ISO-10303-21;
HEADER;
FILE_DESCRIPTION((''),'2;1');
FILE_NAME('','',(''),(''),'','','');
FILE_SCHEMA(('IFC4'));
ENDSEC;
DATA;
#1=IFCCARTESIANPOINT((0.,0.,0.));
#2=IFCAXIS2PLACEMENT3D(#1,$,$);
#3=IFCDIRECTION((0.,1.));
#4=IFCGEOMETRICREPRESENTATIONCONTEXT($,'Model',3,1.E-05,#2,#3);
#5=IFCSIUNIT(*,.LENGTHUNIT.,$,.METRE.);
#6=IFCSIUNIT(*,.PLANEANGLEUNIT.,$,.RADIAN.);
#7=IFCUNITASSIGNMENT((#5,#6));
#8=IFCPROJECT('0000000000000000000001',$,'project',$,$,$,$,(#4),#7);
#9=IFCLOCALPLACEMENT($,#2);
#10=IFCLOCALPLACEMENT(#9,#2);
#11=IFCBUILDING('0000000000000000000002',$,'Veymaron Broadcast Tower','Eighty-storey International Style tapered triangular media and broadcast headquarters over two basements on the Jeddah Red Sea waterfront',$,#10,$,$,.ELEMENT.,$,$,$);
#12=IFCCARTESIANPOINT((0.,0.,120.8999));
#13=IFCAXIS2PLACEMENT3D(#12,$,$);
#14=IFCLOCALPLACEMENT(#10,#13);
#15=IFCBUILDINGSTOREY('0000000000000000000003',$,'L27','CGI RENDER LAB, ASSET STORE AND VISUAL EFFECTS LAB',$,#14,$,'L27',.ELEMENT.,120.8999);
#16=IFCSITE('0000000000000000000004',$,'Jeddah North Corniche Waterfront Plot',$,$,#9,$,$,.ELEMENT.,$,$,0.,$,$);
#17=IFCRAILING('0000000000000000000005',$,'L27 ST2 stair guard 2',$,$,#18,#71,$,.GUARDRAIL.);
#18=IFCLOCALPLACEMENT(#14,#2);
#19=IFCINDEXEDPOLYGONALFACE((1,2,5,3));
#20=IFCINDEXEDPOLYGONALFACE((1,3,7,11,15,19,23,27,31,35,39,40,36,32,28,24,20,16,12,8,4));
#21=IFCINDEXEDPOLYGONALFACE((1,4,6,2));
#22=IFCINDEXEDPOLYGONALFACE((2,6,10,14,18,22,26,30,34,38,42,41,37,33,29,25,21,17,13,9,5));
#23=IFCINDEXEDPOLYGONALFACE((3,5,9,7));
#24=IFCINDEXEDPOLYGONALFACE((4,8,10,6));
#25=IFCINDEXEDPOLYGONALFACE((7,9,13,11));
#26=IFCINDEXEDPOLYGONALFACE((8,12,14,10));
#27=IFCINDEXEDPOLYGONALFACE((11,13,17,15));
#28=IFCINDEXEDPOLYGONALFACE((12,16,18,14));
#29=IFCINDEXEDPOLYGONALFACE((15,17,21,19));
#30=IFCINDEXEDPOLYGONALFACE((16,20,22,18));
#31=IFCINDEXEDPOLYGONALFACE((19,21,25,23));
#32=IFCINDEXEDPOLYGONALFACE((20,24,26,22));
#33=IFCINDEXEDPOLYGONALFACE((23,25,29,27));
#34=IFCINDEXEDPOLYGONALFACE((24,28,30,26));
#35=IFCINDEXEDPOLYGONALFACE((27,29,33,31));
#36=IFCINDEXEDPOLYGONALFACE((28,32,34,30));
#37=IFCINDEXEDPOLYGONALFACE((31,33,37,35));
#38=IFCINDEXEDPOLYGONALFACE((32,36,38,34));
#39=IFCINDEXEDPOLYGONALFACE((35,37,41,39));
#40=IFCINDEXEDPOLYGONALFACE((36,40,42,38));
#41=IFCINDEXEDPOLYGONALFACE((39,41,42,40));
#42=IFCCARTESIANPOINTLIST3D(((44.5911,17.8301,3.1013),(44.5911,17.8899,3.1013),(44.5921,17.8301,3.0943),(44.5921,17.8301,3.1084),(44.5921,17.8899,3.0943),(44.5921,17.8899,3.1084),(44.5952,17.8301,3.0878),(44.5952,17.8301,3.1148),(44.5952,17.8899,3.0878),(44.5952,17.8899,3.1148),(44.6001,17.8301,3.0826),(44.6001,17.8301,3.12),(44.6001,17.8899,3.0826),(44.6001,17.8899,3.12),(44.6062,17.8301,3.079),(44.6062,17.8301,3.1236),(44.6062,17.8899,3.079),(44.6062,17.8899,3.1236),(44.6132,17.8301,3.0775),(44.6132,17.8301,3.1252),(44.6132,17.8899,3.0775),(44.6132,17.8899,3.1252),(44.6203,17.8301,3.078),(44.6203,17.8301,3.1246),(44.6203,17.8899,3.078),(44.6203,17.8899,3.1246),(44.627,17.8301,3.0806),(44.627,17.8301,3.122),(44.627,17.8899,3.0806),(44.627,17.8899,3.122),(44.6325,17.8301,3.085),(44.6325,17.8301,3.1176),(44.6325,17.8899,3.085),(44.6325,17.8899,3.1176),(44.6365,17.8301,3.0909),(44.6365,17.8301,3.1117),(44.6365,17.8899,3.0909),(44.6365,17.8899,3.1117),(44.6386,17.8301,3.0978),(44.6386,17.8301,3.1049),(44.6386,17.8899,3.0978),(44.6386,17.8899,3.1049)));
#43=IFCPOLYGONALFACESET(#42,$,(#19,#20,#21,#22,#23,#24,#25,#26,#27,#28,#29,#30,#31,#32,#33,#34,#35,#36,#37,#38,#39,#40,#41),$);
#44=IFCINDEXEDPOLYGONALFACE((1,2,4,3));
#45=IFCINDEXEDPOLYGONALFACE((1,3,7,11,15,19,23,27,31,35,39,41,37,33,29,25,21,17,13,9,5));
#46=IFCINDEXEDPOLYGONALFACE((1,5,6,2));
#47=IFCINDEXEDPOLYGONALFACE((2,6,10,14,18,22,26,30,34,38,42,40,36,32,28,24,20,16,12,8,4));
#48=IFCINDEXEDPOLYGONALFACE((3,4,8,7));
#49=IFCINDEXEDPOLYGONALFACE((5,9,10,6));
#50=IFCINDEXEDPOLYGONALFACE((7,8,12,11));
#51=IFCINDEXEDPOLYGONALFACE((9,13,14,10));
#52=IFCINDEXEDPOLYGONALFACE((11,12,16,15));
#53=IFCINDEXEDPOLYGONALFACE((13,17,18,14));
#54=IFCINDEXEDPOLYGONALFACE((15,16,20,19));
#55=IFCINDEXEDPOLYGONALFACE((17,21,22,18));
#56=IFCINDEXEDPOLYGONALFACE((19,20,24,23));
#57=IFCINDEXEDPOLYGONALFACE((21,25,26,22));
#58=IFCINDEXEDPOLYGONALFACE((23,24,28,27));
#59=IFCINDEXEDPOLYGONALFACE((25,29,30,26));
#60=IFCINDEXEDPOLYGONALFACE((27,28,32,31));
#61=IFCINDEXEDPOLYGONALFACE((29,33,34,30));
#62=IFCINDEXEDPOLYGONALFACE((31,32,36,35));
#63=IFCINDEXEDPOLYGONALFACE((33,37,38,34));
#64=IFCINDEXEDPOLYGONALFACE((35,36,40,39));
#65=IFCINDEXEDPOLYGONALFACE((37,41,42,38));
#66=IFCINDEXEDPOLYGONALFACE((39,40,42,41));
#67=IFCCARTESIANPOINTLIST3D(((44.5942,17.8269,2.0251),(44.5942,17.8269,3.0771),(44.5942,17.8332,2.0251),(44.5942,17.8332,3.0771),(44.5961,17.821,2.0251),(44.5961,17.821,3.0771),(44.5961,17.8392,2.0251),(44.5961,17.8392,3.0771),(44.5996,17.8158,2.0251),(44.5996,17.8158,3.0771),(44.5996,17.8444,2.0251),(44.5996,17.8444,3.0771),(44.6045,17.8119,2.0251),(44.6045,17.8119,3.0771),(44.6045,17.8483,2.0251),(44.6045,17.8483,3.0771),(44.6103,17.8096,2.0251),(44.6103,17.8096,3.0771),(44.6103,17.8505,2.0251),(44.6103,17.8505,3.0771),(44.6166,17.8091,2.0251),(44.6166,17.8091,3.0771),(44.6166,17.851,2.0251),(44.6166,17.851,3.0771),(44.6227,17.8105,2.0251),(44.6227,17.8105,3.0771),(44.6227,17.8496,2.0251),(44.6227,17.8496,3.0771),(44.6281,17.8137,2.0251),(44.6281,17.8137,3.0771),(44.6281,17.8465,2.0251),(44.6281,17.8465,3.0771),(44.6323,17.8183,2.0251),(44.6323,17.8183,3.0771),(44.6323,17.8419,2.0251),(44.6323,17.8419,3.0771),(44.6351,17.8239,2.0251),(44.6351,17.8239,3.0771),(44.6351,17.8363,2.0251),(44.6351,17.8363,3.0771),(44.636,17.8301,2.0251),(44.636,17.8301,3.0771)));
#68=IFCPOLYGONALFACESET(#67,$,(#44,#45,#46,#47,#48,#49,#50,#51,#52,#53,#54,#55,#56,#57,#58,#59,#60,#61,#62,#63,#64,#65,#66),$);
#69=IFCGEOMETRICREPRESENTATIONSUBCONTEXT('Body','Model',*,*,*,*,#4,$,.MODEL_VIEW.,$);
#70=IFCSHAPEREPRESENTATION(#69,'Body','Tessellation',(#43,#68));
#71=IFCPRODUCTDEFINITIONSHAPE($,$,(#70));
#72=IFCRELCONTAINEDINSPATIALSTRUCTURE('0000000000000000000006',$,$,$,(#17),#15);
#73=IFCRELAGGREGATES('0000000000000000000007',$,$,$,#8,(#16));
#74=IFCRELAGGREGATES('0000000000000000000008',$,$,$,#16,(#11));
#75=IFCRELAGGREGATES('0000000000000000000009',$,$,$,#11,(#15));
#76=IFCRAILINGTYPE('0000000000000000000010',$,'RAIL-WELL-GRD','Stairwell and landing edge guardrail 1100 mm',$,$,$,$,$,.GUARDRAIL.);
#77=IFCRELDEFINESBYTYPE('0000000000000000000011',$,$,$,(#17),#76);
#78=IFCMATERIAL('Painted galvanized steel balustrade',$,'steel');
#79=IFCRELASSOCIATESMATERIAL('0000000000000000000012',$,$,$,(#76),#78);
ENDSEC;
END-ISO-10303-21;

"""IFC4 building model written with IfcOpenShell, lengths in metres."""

from ifc_helpers import new_model, si_unit, direction, frame, origin, origin_2d, place, context, subcontext, project, spatial, circle, extrude, material, type_object, element, save


model = new_model("IFC4")

# Units and contexts
model_context = context("Model", 3, precision=1e-05, world=origin(), true_north=direction((0.0, 1.0)))
body_context = subcontext(model_context, "Body", "Model", "MODEL_VIEW")
ifc_project = project(units=[si_unit("LENGTHUNIT", "METRE"), si_unit("PLANEANGLEUNIT", "RADIAN")], contexts=[model_context])

# Site, building, storey
site_placement = place(None, origin())
site = spatial("IfcSite", under=ifc_project, at=site_placement, Name="Jeddah North Corniche Waterfront Plot", CompositionType="ELEMENT", RefElevation=0.0)
building_placement = place(site_placement, origin())
building = spatial("IfcBuilding", under=site, at=building_placement, Name="Veymaron Broadcast Tower", Description="Eighty-storey International Style tapered triangular media and broadcast headquarters over two basements on the Jeddah Red Sea waterfront", CompositionType="ELEMENT")
storey_placement = place(building_placement, frame((0.0, 0.0, 120.8999)))
storey = spatial("IfcBuildingStorey", under=building, at=storey_placement, Name="L27", Description="CGI RENDER LAB, ASSET STORE AND VISUAL EFFECTS LAB", LongName="L27", CompositionType="ELEMENT", Elevation=120.8999)

# Railing
ifc_material_1 = material(Name="Painted galvanized steel balustrade", Category="steel")
railing_type_1 = type_object("IfcRailingType", Name="RAIL-WELL-GRD", Description="Stairwell and landing edge guardrail 1100 mm", PredefinedType="GUARDRAIL", material=ifc_material_1)
railing_1_placement = place(storey_placement, frame((44.615, 17.8301, 2.0251)))
element("IfcRailing", 1, at=railing_1_placement, inside=storey, type_object=railing_type_1, Name="L27 ST2 stair guard 2", PredefinedType="GUARDRAIL", context=body_context, shape_type="SweptSolid", body=[
    extrude(circle(Radius=0.0239, at=origin_2d()), frame((0.0, 0.0, 1.0762), z_axis=(0.0, 1.0, 0.0), x_axis=(-1.0, 0.0, 0.0)), (0.0, 0.0, 1.0), 0.0598),
    extrude(circle(Radius=0.021, at=origin_2d()), origin(), (0.0, 0.0, 1.0), 1.052),
])

save(model, "model.ifc")
